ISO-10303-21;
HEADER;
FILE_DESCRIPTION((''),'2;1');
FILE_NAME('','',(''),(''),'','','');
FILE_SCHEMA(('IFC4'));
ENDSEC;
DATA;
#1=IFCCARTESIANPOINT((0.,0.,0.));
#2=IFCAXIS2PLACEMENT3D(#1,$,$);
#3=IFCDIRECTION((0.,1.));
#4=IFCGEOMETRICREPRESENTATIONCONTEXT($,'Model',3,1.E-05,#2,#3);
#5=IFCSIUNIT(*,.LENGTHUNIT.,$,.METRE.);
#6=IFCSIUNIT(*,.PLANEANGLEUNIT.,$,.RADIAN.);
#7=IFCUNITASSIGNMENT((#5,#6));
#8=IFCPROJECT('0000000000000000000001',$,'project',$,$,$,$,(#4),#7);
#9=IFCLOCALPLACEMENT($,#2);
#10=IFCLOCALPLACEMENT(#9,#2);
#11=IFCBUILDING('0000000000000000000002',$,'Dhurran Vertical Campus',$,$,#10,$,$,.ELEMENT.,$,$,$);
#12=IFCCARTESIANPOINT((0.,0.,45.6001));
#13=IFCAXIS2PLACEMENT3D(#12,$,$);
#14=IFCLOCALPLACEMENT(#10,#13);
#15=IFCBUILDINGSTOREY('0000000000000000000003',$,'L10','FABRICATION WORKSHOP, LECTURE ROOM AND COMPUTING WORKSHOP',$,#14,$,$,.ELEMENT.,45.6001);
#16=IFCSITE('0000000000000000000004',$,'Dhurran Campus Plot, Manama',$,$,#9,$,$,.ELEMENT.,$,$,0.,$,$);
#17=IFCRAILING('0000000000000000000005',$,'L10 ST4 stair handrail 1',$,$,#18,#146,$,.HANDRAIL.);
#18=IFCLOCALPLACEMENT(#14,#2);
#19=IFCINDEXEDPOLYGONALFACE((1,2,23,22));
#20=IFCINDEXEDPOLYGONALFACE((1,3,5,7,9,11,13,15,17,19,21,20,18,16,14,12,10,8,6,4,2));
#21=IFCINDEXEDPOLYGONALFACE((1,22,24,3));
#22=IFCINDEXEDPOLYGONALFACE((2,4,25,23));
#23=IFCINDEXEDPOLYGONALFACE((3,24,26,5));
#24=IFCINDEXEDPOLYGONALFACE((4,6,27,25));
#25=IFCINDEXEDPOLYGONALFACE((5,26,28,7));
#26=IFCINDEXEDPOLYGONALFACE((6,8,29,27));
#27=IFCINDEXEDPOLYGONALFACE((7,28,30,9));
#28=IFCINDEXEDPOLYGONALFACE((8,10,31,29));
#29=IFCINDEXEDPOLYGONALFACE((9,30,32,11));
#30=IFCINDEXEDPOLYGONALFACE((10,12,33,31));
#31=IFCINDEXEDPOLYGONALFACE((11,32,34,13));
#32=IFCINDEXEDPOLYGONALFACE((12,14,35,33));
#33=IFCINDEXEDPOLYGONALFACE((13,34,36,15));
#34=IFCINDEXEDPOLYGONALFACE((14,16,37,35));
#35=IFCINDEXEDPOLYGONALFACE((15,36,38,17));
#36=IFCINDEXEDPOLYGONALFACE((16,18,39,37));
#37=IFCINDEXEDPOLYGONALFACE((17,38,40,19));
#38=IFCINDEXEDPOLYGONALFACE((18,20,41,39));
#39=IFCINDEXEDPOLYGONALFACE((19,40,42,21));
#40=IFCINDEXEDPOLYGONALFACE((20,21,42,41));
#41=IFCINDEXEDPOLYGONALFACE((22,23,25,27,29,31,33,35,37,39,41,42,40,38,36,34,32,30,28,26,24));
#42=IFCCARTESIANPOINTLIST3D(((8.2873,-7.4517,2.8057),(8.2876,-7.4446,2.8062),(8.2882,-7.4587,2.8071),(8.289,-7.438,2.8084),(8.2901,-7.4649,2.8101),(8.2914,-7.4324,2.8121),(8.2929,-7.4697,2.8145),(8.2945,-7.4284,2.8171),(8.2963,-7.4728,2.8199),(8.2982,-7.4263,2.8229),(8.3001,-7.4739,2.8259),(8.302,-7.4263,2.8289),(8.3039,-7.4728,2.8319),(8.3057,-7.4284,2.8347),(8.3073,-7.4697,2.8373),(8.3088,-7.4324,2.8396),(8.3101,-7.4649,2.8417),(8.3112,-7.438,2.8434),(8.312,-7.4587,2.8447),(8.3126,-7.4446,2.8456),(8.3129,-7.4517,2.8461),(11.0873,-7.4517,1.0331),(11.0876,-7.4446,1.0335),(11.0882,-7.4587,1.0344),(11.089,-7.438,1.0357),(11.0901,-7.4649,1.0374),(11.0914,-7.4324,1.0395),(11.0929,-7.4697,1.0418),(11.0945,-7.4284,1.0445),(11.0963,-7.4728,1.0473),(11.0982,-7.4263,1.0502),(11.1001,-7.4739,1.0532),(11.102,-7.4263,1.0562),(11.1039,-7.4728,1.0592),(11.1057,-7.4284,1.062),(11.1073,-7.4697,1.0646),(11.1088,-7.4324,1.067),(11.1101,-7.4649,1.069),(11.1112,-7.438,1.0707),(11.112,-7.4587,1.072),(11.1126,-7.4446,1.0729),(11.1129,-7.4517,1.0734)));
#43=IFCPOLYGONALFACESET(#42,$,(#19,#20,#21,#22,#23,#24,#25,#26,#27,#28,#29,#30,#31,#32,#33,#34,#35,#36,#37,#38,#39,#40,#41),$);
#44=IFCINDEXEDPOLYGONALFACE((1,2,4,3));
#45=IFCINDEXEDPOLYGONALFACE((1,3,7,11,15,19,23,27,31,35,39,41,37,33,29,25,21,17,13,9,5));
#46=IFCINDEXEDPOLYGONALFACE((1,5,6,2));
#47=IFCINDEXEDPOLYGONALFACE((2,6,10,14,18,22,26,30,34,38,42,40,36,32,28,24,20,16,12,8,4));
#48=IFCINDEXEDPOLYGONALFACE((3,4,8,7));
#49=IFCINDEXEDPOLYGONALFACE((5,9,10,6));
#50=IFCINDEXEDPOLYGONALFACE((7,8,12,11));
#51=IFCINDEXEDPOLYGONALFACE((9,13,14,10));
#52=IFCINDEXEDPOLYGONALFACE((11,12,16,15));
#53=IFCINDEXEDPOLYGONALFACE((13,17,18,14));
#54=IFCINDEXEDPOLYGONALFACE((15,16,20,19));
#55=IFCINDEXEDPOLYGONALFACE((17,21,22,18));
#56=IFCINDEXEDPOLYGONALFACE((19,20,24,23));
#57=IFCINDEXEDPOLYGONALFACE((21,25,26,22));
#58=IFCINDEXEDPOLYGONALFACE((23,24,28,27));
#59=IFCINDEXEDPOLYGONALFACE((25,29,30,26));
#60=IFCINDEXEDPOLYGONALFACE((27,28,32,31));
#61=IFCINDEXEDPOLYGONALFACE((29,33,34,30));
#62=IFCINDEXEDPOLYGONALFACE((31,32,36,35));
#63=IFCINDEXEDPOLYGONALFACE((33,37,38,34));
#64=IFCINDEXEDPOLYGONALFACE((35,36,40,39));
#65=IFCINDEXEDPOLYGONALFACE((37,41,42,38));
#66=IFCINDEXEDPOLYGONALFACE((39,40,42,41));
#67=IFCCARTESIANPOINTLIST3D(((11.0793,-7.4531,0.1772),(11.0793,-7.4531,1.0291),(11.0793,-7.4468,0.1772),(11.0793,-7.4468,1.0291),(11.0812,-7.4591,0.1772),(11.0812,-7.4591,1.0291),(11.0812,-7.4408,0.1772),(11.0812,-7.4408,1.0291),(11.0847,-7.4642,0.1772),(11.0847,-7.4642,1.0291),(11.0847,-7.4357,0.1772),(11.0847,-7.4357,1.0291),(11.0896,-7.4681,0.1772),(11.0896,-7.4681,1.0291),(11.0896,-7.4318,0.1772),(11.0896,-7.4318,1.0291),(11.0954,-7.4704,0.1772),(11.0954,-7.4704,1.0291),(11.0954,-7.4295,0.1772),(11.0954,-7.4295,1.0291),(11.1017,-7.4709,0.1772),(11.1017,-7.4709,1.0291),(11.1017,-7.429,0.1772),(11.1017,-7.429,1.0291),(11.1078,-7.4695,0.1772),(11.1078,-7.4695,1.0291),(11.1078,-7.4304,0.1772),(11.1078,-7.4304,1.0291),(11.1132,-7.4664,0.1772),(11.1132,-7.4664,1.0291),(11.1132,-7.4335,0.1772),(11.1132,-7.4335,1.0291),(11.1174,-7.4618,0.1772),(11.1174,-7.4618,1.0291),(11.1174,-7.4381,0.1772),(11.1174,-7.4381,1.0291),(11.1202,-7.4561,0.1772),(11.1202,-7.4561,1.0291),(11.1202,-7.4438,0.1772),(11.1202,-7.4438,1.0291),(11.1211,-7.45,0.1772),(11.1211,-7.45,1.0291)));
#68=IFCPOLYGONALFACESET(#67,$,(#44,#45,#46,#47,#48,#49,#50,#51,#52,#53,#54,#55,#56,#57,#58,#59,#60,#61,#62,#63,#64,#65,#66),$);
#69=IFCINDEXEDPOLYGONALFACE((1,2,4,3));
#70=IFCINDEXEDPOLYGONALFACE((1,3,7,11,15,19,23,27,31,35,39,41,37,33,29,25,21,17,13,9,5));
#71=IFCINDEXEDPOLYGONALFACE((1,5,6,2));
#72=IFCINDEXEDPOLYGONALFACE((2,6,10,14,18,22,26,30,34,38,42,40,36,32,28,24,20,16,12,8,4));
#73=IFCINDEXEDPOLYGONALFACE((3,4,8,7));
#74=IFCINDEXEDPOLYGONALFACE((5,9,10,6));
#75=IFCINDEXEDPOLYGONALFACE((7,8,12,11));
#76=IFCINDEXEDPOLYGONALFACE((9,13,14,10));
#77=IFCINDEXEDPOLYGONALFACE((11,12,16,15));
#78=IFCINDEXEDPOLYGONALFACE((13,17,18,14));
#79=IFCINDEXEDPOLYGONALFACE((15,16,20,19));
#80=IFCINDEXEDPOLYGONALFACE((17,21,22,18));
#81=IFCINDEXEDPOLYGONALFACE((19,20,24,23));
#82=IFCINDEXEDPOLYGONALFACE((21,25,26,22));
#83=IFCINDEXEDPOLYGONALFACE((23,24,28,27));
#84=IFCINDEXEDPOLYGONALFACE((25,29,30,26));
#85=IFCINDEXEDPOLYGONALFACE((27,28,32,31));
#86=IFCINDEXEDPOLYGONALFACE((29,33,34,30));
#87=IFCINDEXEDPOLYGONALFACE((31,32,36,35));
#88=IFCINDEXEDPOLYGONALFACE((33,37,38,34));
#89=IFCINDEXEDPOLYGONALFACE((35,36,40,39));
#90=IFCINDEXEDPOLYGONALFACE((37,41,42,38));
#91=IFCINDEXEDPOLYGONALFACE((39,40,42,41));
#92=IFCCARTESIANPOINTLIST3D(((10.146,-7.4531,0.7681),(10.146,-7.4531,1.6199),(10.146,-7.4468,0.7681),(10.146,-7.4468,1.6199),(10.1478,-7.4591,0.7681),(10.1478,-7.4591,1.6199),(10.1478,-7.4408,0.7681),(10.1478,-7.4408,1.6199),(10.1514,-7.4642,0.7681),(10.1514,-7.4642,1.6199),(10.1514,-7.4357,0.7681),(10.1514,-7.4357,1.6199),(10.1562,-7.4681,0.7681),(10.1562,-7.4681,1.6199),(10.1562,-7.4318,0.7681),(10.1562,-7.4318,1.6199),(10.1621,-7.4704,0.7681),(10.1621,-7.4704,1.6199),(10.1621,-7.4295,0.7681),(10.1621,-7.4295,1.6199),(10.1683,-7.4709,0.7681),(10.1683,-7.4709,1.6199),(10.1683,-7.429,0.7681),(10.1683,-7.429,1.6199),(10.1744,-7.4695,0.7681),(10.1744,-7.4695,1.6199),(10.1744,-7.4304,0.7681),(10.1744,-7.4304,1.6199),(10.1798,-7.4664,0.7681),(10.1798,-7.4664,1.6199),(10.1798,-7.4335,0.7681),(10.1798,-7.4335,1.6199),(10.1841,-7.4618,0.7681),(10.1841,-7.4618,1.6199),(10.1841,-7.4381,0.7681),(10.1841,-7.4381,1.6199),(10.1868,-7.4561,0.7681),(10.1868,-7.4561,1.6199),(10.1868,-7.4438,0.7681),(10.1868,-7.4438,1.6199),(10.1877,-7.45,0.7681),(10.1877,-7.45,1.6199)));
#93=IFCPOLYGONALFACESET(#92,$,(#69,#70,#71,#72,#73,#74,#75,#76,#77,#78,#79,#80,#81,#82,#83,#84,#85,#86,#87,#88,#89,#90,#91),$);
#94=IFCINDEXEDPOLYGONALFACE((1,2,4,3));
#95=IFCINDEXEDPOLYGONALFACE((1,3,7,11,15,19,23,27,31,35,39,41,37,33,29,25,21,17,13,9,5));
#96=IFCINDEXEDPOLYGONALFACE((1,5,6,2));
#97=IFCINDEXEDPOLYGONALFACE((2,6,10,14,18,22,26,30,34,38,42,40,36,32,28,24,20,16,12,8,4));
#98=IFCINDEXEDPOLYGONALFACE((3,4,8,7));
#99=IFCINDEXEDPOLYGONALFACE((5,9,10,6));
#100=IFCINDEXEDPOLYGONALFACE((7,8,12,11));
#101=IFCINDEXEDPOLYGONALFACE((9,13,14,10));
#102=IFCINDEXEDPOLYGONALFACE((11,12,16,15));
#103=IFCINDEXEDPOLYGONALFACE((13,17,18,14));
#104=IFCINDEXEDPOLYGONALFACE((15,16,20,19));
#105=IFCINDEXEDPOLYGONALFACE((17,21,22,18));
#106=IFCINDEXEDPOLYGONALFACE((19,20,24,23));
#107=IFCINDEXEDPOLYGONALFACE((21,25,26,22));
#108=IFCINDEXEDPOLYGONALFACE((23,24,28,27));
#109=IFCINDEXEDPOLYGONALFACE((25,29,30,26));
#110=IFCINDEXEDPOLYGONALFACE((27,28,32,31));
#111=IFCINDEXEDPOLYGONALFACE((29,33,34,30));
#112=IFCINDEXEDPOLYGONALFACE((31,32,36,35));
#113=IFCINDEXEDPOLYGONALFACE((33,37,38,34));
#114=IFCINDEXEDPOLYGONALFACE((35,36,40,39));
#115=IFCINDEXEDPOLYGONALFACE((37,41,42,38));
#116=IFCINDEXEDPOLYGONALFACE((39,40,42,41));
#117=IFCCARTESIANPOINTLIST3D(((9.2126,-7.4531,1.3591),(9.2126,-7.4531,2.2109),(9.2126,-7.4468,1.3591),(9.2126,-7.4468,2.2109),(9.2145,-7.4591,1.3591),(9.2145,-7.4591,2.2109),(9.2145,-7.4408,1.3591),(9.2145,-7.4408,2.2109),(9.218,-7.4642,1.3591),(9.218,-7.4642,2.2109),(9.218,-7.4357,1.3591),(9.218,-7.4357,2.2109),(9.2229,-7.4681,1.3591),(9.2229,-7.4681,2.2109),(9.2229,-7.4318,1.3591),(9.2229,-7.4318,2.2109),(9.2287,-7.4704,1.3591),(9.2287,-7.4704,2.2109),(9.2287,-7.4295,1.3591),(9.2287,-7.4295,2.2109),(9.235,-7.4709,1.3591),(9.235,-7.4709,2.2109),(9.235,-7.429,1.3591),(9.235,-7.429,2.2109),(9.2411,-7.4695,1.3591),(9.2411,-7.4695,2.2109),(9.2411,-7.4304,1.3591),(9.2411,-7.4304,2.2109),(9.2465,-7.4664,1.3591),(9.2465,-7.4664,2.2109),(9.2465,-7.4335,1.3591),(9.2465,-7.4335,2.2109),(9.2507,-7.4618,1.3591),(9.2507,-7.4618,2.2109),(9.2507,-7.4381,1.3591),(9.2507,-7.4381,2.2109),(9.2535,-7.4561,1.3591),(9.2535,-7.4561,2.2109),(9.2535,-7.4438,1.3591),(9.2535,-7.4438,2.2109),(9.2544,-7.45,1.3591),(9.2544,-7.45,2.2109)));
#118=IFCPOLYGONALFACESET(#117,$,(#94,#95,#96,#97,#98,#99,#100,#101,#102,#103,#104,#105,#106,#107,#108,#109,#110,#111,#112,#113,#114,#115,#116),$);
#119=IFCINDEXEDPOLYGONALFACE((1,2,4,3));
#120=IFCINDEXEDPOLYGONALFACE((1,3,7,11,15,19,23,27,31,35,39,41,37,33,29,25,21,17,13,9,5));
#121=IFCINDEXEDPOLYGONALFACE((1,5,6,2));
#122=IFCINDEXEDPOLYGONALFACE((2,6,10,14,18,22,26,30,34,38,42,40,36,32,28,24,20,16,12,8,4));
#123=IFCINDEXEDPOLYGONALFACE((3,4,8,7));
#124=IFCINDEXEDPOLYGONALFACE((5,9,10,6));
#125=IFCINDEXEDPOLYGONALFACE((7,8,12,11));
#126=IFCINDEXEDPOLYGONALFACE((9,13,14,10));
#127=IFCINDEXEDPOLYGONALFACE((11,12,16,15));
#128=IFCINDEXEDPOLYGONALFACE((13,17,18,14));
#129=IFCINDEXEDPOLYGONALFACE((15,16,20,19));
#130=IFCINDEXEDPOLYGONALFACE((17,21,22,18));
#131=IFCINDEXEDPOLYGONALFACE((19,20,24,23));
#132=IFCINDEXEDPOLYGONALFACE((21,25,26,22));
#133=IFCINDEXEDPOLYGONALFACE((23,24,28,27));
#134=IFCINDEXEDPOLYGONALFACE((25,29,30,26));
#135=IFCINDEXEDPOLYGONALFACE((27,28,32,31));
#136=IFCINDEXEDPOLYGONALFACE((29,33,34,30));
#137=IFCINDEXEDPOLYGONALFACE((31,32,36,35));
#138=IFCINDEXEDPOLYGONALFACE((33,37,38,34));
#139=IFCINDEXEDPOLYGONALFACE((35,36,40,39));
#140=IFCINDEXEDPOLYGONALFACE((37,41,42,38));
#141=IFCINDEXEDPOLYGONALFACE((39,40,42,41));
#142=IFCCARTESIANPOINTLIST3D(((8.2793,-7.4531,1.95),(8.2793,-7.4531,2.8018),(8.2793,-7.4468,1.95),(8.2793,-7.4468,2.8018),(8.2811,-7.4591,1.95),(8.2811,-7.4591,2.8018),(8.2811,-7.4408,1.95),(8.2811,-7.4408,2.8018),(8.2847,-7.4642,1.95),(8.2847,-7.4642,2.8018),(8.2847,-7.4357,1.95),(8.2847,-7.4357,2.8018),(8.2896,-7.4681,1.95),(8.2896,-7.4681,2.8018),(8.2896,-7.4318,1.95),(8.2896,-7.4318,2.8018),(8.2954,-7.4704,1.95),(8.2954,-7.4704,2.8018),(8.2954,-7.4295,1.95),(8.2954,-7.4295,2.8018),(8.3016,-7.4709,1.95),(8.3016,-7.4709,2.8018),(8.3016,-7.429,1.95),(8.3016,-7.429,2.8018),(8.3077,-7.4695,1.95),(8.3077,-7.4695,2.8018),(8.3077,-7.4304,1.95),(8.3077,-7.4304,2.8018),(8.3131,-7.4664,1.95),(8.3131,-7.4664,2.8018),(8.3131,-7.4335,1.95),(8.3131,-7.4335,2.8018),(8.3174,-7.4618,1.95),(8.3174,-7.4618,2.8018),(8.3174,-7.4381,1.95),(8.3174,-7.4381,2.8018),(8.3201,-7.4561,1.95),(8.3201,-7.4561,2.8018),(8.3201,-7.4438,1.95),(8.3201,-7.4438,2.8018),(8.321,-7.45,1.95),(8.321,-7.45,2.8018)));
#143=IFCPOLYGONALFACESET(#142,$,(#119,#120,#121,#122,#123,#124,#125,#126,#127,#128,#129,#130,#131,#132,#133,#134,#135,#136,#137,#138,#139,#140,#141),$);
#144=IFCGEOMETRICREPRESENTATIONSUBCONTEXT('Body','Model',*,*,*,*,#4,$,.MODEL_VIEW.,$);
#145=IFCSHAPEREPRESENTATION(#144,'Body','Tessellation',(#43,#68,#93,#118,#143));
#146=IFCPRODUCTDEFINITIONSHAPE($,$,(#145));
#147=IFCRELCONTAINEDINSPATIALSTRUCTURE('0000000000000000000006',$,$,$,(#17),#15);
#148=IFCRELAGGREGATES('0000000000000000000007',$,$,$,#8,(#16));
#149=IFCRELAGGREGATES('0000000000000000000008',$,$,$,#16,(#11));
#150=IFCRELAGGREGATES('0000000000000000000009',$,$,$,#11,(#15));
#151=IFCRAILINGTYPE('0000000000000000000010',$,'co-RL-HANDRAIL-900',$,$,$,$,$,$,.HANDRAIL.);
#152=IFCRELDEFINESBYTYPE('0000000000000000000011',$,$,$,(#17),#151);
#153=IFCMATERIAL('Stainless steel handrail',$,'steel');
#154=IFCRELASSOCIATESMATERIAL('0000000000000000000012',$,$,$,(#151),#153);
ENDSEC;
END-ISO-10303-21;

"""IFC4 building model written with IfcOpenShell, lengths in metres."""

from ifc_helpers import new_model, si_unit, direction, frame, origin, origin_2d, place, context, subcontext, project, spatial, circle, extrude, material, type_object, element, save


model = new_model("IFC4")

# Units and contexts
model_context = context("Model", 3, precision=1e-05, world=origin(), true_north=direction((0.0, 1.0)))
body_context = subcontext(model_context, "Body", "Model", "MODEL_VIEW")
ifc_project = project(units=[si_unit("LENGTHUNIT", "METRE"), si_unit("PLANEANGLEUNIT", "RADIAN")], contexts=[model_context])

# Site, building, storey
site_placement = place(None, origin())
site = spatial("IfcSite", under=ifc_project, at=site_placement, Name="Dhurran Campus Plot, Manama", CompositionType="ELEMENT", RefElevation=0.0)
building_placement = place(site_placement, origin())
building = spatial("IfcBuilding", under=site, at=building_placement, Name="Dhurran Vertical Campus", CompositionType="ELEMENT")
storey_placement = place(building_placement, frame((0.0, 0.0, 45.6001)))
storey = spatial("IfcBuildingStorey", under=building, at=storey_placement, Name="L10", Description="FABRICATION WORKSHOP, LECTURE ROOM AND COMPUTING WORKSHOP", CompositionType="ELEMENT", Elevation=45.6001)

# Railing
ifc_material_1 = material(Name="Stainless steel handrail", Category="steel")
railing_type_1 = type_object("IfcRailingType", Name="co-RL-HANDRAIL-900", PredefinedType="HANDRAIL", material=ifc_material_1)
railing_1_placement = place(storey_placement, frame((11.1001, -7.45, 0.1772)))
element("IfcRailing", 1, at=railing_1_placement, inside=storey, type_object=railing_type_1, Name="L10 ST4 stair handrail 1", PredefinedType="HANDRAIL", context=body_context, shape_type="SweptSolid", body=[
    extrude(circle(Radius=0.0239, at=origin_2d()), frame((0.0, 0.0, 0.876), z_axis=(-0.844909, 0.0, 0.53491), x_axis=(0.0, -1.0, 0.0)), (0.0, 0.0, 1.0), 3.314),
    extrude(circle(Radius=0.021, at=origin_2d()), origin(), (0.0, 0.0, 1.0), 0.8518),
    extrude(circle(Radius=0.021, at=origin_2d()), frame((-0.9333, 0.0, 0.5908)), (0.0, 0.0, 1.0), 0.8518),
    extrude(circle(Radius=0.021, at=origin_2d()), frame((-1.8667, 0.0, 1.1819)), (0.0, 0.0, 1.0), 0.8518),
    extrude(circle(Radius=0.021, at=origin_2d()), frame((-2.8, 0.0, 1.7727)), (0.0, 0.0, 1.0), 0.8518),
])

save(model, "model.ifc")
